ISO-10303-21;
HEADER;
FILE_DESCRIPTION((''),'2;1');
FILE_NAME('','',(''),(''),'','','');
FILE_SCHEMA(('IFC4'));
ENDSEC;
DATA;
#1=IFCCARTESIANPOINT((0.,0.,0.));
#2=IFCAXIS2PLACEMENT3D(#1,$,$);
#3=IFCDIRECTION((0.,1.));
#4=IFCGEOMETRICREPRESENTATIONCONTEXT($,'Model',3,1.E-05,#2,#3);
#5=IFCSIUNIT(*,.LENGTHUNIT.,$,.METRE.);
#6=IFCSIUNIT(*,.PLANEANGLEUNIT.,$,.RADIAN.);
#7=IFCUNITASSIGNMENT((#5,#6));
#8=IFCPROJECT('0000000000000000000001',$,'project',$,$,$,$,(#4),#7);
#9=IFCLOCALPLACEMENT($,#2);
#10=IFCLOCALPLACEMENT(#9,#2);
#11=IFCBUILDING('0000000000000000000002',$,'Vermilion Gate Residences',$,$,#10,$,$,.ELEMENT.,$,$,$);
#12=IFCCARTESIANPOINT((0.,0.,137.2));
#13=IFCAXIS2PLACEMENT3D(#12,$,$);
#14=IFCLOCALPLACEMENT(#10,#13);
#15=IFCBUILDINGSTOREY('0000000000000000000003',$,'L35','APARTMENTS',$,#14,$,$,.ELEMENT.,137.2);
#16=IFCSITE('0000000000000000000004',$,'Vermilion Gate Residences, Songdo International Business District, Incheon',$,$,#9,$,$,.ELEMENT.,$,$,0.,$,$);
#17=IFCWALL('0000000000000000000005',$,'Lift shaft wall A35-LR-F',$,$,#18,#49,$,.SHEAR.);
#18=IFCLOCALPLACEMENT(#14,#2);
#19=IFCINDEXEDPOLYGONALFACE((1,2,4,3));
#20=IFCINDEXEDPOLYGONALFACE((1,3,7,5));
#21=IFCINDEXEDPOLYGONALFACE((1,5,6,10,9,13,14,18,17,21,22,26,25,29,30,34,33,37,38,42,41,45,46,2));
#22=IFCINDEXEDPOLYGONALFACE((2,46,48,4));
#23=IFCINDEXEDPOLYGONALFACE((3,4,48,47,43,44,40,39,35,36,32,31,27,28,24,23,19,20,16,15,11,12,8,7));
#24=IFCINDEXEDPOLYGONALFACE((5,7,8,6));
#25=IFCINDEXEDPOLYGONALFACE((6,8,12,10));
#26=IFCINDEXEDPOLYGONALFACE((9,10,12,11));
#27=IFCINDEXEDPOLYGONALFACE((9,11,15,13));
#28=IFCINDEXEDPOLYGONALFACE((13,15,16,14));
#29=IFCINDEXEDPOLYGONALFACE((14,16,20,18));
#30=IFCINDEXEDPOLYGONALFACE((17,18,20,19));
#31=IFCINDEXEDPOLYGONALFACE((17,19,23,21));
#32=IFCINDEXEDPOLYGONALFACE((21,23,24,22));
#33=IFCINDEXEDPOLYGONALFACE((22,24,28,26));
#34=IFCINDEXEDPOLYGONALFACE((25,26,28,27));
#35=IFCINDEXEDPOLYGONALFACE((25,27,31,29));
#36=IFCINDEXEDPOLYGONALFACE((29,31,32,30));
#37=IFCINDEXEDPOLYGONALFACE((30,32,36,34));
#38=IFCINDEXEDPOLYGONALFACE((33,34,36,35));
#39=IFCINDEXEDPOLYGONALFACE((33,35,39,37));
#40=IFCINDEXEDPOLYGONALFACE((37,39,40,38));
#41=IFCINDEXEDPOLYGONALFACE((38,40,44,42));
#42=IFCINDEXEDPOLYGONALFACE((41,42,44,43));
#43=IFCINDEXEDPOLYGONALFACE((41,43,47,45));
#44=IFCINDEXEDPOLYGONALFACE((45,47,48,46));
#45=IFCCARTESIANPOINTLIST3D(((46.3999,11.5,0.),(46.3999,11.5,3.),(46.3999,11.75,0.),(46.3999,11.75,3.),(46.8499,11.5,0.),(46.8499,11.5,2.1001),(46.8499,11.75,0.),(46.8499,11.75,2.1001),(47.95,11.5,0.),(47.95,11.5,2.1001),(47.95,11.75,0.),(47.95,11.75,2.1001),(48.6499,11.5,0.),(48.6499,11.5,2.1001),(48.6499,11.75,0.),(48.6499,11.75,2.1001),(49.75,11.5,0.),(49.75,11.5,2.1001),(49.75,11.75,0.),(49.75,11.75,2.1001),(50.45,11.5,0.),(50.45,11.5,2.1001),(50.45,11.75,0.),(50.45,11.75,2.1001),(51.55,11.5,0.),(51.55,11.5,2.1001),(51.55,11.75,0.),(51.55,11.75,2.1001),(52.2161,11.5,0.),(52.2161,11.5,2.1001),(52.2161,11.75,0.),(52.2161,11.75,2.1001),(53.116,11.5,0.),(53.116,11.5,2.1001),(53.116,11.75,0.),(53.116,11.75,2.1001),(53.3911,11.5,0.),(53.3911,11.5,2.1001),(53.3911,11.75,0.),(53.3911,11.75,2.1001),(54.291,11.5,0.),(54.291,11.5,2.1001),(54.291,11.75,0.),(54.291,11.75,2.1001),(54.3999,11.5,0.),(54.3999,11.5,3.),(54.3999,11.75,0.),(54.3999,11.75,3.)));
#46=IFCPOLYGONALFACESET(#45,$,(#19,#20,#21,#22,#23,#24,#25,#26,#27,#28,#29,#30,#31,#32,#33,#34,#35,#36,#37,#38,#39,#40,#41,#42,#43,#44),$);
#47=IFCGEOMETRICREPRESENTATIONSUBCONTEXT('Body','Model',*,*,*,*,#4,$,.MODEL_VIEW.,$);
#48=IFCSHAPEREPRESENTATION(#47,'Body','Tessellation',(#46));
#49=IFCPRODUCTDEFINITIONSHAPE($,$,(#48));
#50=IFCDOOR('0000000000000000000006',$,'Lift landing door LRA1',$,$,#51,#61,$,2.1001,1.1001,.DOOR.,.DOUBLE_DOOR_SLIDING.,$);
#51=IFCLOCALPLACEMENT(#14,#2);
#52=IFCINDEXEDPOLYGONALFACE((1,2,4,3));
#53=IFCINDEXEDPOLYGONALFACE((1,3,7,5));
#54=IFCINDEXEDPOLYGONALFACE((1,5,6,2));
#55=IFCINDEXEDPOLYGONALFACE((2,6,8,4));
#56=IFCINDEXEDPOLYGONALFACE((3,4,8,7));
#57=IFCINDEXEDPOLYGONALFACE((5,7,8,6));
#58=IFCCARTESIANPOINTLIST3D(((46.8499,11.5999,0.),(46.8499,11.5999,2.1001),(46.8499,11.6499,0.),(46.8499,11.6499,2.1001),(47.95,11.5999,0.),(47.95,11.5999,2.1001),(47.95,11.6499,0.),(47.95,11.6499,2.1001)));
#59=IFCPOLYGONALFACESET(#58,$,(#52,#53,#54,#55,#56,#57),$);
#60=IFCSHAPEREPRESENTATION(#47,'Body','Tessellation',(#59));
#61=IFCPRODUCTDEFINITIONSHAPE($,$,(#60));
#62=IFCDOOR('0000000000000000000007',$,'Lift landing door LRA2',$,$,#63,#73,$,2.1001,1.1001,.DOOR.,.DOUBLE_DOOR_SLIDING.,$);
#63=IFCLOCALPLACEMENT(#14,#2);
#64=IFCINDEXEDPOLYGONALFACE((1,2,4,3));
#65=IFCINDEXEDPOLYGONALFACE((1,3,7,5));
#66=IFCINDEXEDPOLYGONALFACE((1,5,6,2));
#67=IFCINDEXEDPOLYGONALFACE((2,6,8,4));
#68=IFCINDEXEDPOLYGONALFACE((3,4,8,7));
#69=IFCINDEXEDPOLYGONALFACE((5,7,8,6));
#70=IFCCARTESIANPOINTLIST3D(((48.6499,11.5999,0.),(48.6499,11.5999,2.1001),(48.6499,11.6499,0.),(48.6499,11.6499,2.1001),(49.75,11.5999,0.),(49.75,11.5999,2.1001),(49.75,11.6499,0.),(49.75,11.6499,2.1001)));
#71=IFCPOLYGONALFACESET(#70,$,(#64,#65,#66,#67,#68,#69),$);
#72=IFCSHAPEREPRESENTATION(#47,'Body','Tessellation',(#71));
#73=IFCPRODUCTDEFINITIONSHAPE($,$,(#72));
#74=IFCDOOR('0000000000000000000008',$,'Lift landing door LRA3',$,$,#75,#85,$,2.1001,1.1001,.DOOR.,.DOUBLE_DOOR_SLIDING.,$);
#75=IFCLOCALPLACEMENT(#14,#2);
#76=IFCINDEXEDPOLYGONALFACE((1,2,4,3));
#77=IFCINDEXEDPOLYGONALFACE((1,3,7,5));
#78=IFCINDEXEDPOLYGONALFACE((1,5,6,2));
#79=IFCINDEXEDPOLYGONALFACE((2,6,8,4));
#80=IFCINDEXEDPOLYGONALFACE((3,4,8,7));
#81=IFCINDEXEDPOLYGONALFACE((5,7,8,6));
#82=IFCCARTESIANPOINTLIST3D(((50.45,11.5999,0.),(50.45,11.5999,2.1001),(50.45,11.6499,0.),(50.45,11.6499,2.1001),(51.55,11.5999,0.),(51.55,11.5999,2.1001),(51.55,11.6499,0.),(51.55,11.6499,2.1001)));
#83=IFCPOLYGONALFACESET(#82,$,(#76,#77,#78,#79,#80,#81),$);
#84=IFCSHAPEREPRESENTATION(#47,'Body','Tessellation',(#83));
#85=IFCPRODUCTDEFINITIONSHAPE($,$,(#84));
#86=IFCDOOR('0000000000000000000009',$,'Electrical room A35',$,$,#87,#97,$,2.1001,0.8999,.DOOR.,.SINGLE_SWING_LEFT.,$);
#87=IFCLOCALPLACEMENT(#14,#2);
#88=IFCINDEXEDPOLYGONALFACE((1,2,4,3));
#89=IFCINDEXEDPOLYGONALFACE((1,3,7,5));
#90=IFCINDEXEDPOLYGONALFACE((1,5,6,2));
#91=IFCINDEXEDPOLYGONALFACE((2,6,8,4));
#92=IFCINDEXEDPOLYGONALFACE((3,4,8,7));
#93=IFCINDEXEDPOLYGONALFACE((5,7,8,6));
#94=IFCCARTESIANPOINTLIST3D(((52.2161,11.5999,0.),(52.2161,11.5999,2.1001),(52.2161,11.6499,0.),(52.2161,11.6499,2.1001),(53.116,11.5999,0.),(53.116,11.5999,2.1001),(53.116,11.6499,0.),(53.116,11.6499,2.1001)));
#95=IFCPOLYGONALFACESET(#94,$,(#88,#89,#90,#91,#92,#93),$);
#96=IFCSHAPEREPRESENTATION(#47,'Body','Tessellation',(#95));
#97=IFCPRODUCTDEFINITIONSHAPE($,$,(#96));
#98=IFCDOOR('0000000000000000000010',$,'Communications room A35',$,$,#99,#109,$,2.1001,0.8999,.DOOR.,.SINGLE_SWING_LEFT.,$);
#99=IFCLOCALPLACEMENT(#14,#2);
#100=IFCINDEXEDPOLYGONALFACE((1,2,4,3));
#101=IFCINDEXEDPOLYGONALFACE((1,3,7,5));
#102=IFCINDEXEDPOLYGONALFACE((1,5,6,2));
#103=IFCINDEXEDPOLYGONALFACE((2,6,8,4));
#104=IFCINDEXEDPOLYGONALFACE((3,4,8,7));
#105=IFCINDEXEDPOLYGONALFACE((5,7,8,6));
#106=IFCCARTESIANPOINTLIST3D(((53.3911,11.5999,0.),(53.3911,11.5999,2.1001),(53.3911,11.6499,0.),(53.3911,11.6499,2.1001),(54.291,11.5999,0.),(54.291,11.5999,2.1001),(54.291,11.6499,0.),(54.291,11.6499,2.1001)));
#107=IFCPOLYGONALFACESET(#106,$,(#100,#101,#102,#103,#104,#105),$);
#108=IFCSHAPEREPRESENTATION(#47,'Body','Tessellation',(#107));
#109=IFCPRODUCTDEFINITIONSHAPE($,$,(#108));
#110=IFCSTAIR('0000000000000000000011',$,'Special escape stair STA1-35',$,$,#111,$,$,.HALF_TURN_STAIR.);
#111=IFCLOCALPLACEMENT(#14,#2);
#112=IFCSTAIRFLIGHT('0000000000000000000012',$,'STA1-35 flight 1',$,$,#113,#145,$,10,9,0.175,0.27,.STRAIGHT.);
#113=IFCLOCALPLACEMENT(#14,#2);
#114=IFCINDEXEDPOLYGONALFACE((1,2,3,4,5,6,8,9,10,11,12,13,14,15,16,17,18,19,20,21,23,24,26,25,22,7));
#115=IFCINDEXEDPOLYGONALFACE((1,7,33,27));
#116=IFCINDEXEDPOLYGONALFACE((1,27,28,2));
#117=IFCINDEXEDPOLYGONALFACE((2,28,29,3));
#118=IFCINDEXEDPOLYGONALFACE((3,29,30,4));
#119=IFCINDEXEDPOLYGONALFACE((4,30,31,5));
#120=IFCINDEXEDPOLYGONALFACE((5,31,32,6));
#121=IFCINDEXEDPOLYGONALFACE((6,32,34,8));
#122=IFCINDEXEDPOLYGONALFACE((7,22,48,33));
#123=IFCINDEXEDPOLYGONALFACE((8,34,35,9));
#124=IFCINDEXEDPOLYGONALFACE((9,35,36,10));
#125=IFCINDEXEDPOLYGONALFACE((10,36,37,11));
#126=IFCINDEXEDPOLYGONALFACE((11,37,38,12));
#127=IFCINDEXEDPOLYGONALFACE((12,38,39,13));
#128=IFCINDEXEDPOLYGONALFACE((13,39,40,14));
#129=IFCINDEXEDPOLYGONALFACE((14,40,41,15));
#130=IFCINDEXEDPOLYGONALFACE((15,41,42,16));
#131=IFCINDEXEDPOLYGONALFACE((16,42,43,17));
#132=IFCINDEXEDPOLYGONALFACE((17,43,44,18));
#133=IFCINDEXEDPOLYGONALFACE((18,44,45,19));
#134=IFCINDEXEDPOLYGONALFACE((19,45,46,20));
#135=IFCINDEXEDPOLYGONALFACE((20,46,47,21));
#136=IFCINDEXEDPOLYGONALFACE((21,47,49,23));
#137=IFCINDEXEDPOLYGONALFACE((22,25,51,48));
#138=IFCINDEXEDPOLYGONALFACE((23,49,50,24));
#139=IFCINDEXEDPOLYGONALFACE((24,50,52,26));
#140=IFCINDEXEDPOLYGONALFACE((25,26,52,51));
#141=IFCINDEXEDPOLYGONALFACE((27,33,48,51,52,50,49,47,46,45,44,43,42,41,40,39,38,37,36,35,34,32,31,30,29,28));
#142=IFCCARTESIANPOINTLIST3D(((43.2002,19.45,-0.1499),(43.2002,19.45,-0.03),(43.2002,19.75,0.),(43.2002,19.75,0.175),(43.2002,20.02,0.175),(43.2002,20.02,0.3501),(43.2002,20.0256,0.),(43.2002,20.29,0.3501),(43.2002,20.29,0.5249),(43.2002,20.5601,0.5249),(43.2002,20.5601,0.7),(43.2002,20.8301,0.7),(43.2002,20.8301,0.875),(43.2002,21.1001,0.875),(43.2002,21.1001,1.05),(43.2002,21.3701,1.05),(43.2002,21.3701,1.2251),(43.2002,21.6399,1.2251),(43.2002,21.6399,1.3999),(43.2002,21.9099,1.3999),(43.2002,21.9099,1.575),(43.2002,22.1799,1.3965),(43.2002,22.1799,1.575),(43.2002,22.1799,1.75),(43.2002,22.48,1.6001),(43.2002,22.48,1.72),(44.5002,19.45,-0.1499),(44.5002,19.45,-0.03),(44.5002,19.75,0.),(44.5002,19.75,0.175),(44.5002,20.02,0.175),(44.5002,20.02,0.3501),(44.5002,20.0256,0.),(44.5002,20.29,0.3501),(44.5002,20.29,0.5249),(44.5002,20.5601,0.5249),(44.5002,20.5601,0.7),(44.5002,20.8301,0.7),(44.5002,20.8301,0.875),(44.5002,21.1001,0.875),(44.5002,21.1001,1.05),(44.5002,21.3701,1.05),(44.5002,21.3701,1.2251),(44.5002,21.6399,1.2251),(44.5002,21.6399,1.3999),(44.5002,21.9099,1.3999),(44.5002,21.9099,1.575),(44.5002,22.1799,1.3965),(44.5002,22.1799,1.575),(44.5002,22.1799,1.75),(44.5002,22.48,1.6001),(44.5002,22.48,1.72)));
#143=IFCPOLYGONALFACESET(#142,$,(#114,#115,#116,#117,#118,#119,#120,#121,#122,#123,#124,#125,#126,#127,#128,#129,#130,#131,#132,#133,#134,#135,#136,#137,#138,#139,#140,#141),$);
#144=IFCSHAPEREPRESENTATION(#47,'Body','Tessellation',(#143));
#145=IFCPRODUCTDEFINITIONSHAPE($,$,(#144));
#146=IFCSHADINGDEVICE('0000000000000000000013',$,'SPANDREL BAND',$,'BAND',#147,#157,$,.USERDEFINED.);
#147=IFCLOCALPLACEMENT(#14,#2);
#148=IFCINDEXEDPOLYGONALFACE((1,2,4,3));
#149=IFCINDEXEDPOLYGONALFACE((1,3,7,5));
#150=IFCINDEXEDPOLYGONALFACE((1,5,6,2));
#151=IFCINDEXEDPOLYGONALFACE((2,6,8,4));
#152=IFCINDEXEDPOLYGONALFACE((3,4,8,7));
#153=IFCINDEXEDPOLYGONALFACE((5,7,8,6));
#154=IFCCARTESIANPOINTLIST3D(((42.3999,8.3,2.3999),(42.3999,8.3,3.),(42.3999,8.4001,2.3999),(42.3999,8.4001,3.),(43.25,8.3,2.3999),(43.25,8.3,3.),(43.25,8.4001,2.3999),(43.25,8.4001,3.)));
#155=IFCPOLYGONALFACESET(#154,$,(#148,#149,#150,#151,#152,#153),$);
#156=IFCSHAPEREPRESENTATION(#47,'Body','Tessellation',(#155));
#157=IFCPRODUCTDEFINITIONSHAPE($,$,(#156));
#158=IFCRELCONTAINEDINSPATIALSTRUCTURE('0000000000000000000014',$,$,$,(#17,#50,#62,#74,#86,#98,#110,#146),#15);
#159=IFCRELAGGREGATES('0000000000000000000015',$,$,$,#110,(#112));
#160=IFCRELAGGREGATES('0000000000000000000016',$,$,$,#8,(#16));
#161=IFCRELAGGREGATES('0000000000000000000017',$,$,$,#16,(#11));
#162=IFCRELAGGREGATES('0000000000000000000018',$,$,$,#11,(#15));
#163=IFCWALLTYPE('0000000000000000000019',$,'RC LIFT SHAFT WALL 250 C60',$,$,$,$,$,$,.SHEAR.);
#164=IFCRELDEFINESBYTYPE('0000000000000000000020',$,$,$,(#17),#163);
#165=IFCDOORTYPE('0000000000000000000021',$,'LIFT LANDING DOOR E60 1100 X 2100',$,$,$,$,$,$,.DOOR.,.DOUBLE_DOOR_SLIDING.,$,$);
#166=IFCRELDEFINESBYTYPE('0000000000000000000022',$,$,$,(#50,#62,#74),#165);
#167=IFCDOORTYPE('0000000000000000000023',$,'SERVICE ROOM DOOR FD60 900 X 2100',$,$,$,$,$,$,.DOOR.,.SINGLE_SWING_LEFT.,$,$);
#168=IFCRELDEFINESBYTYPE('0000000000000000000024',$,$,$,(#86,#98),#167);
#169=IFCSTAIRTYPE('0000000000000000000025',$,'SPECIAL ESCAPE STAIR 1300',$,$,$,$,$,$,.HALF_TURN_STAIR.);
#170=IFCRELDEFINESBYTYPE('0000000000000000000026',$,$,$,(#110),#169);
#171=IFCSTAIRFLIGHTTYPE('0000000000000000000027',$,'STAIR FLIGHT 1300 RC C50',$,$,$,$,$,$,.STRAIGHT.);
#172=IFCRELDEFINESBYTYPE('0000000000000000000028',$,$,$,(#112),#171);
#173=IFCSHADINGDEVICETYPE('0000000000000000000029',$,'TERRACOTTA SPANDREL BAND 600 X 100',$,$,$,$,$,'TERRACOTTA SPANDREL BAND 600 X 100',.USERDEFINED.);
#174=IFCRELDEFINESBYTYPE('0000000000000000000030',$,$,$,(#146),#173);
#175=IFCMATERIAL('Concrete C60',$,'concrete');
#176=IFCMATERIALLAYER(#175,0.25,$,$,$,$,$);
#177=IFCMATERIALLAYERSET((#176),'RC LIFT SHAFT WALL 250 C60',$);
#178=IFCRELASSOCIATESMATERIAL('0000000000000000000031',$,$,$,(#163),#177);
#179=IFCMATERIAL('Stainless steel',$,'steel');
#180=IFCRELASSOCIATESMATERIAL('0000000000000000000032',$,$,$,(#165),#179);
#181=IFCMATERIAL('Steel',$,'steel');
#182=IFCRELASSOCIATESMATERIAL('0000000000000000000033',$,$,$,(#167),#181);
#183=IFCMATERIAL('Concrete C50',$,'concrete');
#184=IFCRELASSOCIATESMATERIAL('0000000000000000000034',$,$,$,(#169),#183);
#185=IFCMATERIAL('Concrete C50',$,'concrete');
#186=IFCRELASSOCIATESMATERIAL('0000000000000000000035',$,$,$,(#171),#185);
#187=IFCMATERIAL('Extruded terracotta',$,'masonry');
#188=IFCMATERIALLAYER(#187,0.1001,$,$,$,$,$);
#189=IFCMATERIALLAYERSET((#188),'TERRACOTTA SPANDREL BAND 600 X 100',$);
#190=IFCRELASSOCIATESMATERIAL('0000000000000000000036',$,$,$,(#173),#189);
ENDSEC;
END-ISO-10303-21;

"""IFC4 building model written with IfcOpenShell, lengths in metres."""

from ifc_helpers import new_model, si_unit, direction, frame, frame_2d, origin, origin_2d, place, context, subcontext, project, spatial, polyline, rectangle, outline, extrude, material, layer, layer_set, type_object, element, fill, aggregate, save


model = new_model("IFC4")

# Units and contexts
model_context = context("Model", 3, precision=1e-05, world=origin(), true_north=direction((0.0, 1.0)))
body_context = subcontext(model_context, "Body", "Model", "MODEL_VIEW")
ifc_project = project(units=[si_unit("LENGTHUNIT", "METRE"), si_unit("PLANEANGLEUNIT", "RADIAN")], contexts=[model_context])

# Site, building, storey
site_placement = place(None, origin())
site = spatial("IfcSite", under=ifc_project, at=site_placement, Name="Vermilion Gate Residences, Songdo International Business District, Incheon", CompositionType="ELEMENT", RefElevation=0.0)
building_placement = place(site_placement, origin())
building = spatial("IfcBuilding", under=site, at=building_placement, Name="Vermilion Gate Residences", CompositionType="ELEMENT")
storey_placement = place(building_placement, frame((0.0, 0.0, 137.2)))
storey = spatial("IfcBuildingStorey", under=building, at=storey_placement, Name="L35", Description="APARTMENTS", CompositionType="ELEMENT", Elevation=137.2)

# Wall, openings, doors
ifc_material_1 = material(Name="Concrete C60", Category="concrete")
ifc_layer_1 = layer(ifc_material_1, 0.25)
ifc_layer_set_1 = layer_set([ifc_layer_1], Name="RC LIFT SHAFT WALL 250 C60")
wall_type_1 = type_object("IfcWallType", Name="RC LIFT SHAFT WALL 250 C60", PredefinedType="SHEAR", material=ifc_layer_set_1)
wall_1_placement = place(storey_placement, frame((46.3999, 11.625, 0.0), z_axis=(0.0, 0.0, 1.0), x_axis=(1.0, 0.0, 0.0)))
wall_1 = element("IfcWall", 1, at=wall_1_placement, inside=storey, type_object=wall_type_1, Name="Lift shaft wall A35-LR-F", PredefinedType="SHEAR", context=body_context, shape_type="SweptSolid", body=[
    extrude(rectangle(XDim=8.0, YDim=0.25, at=frame_2d((4.0, 0.0))), origin(), (0.0, 0.0, 1.0), 3.0),
])
opening_1_placement = place(wall_1_placement, frame((0.45, 0.0, 0.0)))
opening_1 = element("IfcOpeningElement", 2, at=opening_1_placement, cuts=wall_1, PredefinedType="OPENING", context=body_context, shape_type="SweptSolid", body=[
    extrude(rectangle(XDim=1.1001, YDim=2.1001, at=frame_2d((0.55, 1.05))), frame((0.0, 0.135, 0.0), z_axis=(0.0, -1.0, 0.0), x_axis=(1.0, 0.0, 0.0)), (0.0, 0.0, 1.0), 0.27),
])
opening_2_placement = place(wall_1_placement, frame((2.25, 0.0, 0.0)))
opening_2 = element("IfcOpeningElement", 3, at=opening_2_placement, cuts=wall_1, PredefinedType="OPENING", context=body_context, shape_type="SweptSolid", body=[
    extrude(rectangle(XDim=1.1001, YDim=2.1001, at=frame_2d((0.55, 1.05))), frame((0.0, 0.135, 0.0), z_axis=(0.0, -1.0, 0.0), x_axis=(1.0, 0.0, 0.0)), (0.0, 0.0, 1.0), 0.27),
])
opening_3_placement = place(wall_1_placement, frame((4.05, 0.0, 0.0)))
opening_3 = element("IfcOpeningElement", 4, at=opening_3_placement, cuts=wall_1, PredefinedType="OPENING", context=body_context, shape_type="SweptSolid", body=[
    extrude(rectangle(XDim=1.1001, YDim=2.1001, at=frame_2d((0.55, 1.05))), frame((0.0, 0.135, 0.0), z_axis=(0.0, -1.0, 0.0), x_axis=(1.0, 0.0, 0.0)), (0.0, 0.0, 1.0), 0.27),
])
opening_4_placement = place(wall_1_placement, frame((5.8162, 0.0, 0.0)))
opening_4 = element("IfcOpeningElement", 5, at=opening_4_placement, cuts=wall_1, PredefinedType="OPENING", context=body_context, shape_type="SweptSolid", body=[
    extrude(rectangle(XDim=0.8999, YDim=2.1001, at=frame_2d((0.45, 1.05))), frame((0.0, 0.135, 0.0), z_axis=(0.0, -1.0, 0.0), x_axis=(1.0, 0.0, 0.0)), (0.0, 0.0, 1.0), 0.27),
])
opening_5_placement = place(wall_1_placement, frame((6.9912, 0.0, 0.0)))
opening_5 = element("IfcOpeningElement", 6, at=opening_5_placement, cuts=wall_1, PredefinedType="OPENING", context=body_context, shape_type="SweptSolid", body=[
    extrude(rectangle(XDim=0.8999, YDim=2.1001, at=frame_2d((0.45, 1.05))), frame((0.0, 0.135, 0.0), z_axis=(0.0, -1.0, 0.0), x_axis=(1.0, 0.0, 0.0)), (0.0, 0.0, 1.0), 0.27),
])
ifc_material_2 = material(Name="Stainless steel", Category="steel")
door_type_1 = type_object("IfcDoorType", Name="LIFT LANDING DOOR E60 1100 X 2100", OperationType="DOUBLE_DOOR_SLIDING", PredefinedType="DOOR", material=ifc_material_2)
door_1_placement = place(opening_1_placement, origin())
door_1 = element("IfcDoor", 7, at=door_1_placement, inside=storey, type_object=door_type_1, Name="Lift landing door LRA1", OperationType="DOUBLE_DOOR_SLIDING", OverallHeight=2.1001, OverallWidth=1.1001, PredefinedType="DOOR", context=body_context, shape_type="SweptSolid", body=[
    extrude(rectangle(XDim=1.1001, YDim=2.1001, at=frame_2d((0.55, 1.05))), frame((0.0, 0.0249, 0.0), z_axis=(0.0, -1.0, 0.0), x_axis=(1.0, 0.0, 0.0)), (0.0, 0.0, 1.0), 0.05),
])
fill(opening_1, door_1)
door_2_placement = place(opening_2_placement, origin())
door_2 = element("IfcDoor", 8, at=door_2_placement, inside=storey, type_object=door_type_1, Name="Lift landing door LRA2", OperationType="DOUBLE_DOOR_SLIDING", OverallHeight=2.1001, OverallWidth=1.1001, PredefinedType="DOOR", context=body_context, shape_type="SweptSolid", body=[
    extrude(rectangle(XDim=1.1001, YDim=2.1001, at=frame_2d((0.55, 1.05))), frame((0.0, 0.0249, 0.0), z_axis=(0.0, -1.0, 0.0), x_axis=(1.0, 0.0, 0.0)), (0.0, 0.0, 1.0), 0.05),
])
fill(opening_2, door_2)
door_3_placement = place(opening_3_placement, origin())
door_3 = element("IfcDoor", 9, at=door_3_placement, inside=storey, type_object=door_type_1, Name="Lift landing door LRA3", OperationType="DOUBLE_DOOR_SLIDING", OverallHeight=2.1001, OverallWidth=1.1001, PredefinedType="DOOR", context=body_context, shape_type="SweptSolid", body=[
    extrude(rectangle(XDim=1.1001, YDim=2.1001, at=frame_2d((0.55, 1.05))), frame((0.0, 0.0249, 0.0), z_axis=(0.0, -1.0, 0.0), x_axis=(1.0, 0.0, 0.0)), (0.0, 0.0, 1.0), 0.05),
])
fill(opening_3, door_3)
ifc_material_3 = material(Name="Steel", Category="steel")
door_type_2 = type_object("IfcDoorType", Name="SERVICE ROOM DOOR FD60 900 X 2100", OperationType="SINGLE_SWING_LEFT", PredefinedType="DOOR", material=ifc_material_3)
door_4_placement = place(opening_4_placement, origin())
door_4 = element("IfcDoor", 10, at=door_4_placement, inside=storey, type_object=door_type_2, Name="Electrical room A35", OperationType="SINGLE_SWING_LEFT", OverallHeight=2.1001, OverallWidth=0.8999, PredefinedType="DOOR", context=body_context, shape_type="SweptSolid", body=[
    extrude(rectangle(XDim=0.8999, YDim=2.1001, at=frame_2d((0.45, 1.05))), frame((0.0, 0.0249, 0.0), z_axis=(0.0, -1.0, 0.0), x_axis=(1.0, 0.0, 0.0)), (0.0, 0.0, 1.0), 0.05),
])
fill(opening_4, door_4)
door_5_placement = place(opening_5_placement, origin())
door_5 = element("IfcDoor", 11, at=door_5_placement, inside=storey, type_object=door_type_2, Name="Communications room A35", OperationType="SINGLE_SWING_LEFT", OverallHeight=2.1001, OverallWidth=0.8999, PredefinedType="DOOR", context=body_context, shape_type="SweptSolid", body=[
    extrude(rectangle(XDim=0.8999, YDim=2.1001, at=frame_2d((0.45, 1.05))), frame((0.0, 0.0249, 0.0), z_axis=(0.0, -1.0, 0.0), x_axis=(1.0, 0.0, 0.0)), (0.0, 0.0, 1.0), 0.05),
])
fill(opening_5, door_5)

# Stair, stair flight
ifc_material_4 = material(Name="Concrete C50", Category="concrete")
stair_type = type_object("IfcStairType", Name="SPECIAL ESCAPE STAIR 1300", PredefinedType="HALF_TURN_STAIR", material=ifc_material_4)
stair_placement = place(storey_placement, origin())
stair = element("IfcStair", 12, at=stair_placement, inside=storey, type_object=stair_type, Name="Special escape stair STA1-35", PredefinedType="HALF_TURN_STAIR")
ifc_material_5 = material(Name="Concrete C50", Category="concrete")
stair_flight_type = type_object("IfcStairFlightType", Name="STAIR FLIGHT 1300 RC C50", PredefinedType="STRAIGHT", material=ifc_material_5)
stair_flight_placement = place(storey_placement, frame((43.8501, 19.75, 0.0), z_axis=(0.0, 0.0, 1.0), x_axis=(0.0, 1.0, 0.0)))
stair_flight = element("IfcStairFlight", 13, at=stair_flight_placement, type_object=stair_flight_type, Name="STA1-35 flight 1", NumberOfRisers=10, NumberOfTreads=9, PredefinedType="STRAIGHT", RiserHeight=0.175, TreadLength=0.27, context=body_context, shape_type="SweptSolid", body=[
    extrude(outline(polyline([(-0.3, -0.1499), (-0.3, -0.03), (0.0, 0.0), (0.0, 0.175), (0.27, 0.175), (0.27, 0.3501), (0.54, 0.3501), (0.54, 0.5249), (0.8101, 0.5249), (0.8101, 0.7), (1.0801, 0.7), (1.0801, 0.875), (1.3501, 0.875), (1.3501, 1.05), (1.6201, 1.05), (1.6201, 1.2251), (1.8899, 1.2251), (1.8899, 1.3999), (2.1599, 1.3999), (2.1599, 1.575), (2.4299, 1.575), (2.4299, 1.75), (2.73, 1.72), (2.73, 1.6001), (2.4299, 1.3965), (0.2756, 0.0), (-0.3, -0.1499)])), frame((0.0, 0.6499, 0.0), z_axis=(0.0, -1.0, 0.0), x_axis=(1.0, 0.0, 0.0)), (0.0, 0.0, 1.0), 1.3),
])
aggregate(stair, [stair_flight])

# Shading device
ifc_material_6 = material(Name="Extruded terracotta", Category="masonry")
ifc_layer_2 = layer(ifc_material_6, 0.1001)
ifc_layer_set_2 = layer_set([ifc_layer_2], Name="TERRACOTTA SPANDREL BAND 600 X 100")
shading_device_type = type_object("IfcShadingDeviceType", Name="TERRACOTTA SPANDREL BAND 600 X 100", ElementType="TERRACOTTA SPANDREL BAND 600 X 100", PredefinedType="USERDEFINED", material=ifc_layer_set_2)
shading_device_placement = place(storey_placement, frame((42.825, 8.3501, 2.3999), z_axis=(0.0, 0.0, 1.0), x_axis=(1.0, 0.0, 0.0)))
element("IfcShadingDevice", 14, at=shading_device_placement, inside=storey, type_object=shading_device_type, Name="SPANDREL BAND", ObjectType="BAND", PredefinedType="USERDEFINED", context=body_context, shape_type="SweptSolid", body=[
    extrude(rectangle(XDim=0.8501, YDim=0.1001, at=origin_2d()), origin(), (0.0, 0.0, 1.0), 0.6001),
])

save(model, "model.ifc")
